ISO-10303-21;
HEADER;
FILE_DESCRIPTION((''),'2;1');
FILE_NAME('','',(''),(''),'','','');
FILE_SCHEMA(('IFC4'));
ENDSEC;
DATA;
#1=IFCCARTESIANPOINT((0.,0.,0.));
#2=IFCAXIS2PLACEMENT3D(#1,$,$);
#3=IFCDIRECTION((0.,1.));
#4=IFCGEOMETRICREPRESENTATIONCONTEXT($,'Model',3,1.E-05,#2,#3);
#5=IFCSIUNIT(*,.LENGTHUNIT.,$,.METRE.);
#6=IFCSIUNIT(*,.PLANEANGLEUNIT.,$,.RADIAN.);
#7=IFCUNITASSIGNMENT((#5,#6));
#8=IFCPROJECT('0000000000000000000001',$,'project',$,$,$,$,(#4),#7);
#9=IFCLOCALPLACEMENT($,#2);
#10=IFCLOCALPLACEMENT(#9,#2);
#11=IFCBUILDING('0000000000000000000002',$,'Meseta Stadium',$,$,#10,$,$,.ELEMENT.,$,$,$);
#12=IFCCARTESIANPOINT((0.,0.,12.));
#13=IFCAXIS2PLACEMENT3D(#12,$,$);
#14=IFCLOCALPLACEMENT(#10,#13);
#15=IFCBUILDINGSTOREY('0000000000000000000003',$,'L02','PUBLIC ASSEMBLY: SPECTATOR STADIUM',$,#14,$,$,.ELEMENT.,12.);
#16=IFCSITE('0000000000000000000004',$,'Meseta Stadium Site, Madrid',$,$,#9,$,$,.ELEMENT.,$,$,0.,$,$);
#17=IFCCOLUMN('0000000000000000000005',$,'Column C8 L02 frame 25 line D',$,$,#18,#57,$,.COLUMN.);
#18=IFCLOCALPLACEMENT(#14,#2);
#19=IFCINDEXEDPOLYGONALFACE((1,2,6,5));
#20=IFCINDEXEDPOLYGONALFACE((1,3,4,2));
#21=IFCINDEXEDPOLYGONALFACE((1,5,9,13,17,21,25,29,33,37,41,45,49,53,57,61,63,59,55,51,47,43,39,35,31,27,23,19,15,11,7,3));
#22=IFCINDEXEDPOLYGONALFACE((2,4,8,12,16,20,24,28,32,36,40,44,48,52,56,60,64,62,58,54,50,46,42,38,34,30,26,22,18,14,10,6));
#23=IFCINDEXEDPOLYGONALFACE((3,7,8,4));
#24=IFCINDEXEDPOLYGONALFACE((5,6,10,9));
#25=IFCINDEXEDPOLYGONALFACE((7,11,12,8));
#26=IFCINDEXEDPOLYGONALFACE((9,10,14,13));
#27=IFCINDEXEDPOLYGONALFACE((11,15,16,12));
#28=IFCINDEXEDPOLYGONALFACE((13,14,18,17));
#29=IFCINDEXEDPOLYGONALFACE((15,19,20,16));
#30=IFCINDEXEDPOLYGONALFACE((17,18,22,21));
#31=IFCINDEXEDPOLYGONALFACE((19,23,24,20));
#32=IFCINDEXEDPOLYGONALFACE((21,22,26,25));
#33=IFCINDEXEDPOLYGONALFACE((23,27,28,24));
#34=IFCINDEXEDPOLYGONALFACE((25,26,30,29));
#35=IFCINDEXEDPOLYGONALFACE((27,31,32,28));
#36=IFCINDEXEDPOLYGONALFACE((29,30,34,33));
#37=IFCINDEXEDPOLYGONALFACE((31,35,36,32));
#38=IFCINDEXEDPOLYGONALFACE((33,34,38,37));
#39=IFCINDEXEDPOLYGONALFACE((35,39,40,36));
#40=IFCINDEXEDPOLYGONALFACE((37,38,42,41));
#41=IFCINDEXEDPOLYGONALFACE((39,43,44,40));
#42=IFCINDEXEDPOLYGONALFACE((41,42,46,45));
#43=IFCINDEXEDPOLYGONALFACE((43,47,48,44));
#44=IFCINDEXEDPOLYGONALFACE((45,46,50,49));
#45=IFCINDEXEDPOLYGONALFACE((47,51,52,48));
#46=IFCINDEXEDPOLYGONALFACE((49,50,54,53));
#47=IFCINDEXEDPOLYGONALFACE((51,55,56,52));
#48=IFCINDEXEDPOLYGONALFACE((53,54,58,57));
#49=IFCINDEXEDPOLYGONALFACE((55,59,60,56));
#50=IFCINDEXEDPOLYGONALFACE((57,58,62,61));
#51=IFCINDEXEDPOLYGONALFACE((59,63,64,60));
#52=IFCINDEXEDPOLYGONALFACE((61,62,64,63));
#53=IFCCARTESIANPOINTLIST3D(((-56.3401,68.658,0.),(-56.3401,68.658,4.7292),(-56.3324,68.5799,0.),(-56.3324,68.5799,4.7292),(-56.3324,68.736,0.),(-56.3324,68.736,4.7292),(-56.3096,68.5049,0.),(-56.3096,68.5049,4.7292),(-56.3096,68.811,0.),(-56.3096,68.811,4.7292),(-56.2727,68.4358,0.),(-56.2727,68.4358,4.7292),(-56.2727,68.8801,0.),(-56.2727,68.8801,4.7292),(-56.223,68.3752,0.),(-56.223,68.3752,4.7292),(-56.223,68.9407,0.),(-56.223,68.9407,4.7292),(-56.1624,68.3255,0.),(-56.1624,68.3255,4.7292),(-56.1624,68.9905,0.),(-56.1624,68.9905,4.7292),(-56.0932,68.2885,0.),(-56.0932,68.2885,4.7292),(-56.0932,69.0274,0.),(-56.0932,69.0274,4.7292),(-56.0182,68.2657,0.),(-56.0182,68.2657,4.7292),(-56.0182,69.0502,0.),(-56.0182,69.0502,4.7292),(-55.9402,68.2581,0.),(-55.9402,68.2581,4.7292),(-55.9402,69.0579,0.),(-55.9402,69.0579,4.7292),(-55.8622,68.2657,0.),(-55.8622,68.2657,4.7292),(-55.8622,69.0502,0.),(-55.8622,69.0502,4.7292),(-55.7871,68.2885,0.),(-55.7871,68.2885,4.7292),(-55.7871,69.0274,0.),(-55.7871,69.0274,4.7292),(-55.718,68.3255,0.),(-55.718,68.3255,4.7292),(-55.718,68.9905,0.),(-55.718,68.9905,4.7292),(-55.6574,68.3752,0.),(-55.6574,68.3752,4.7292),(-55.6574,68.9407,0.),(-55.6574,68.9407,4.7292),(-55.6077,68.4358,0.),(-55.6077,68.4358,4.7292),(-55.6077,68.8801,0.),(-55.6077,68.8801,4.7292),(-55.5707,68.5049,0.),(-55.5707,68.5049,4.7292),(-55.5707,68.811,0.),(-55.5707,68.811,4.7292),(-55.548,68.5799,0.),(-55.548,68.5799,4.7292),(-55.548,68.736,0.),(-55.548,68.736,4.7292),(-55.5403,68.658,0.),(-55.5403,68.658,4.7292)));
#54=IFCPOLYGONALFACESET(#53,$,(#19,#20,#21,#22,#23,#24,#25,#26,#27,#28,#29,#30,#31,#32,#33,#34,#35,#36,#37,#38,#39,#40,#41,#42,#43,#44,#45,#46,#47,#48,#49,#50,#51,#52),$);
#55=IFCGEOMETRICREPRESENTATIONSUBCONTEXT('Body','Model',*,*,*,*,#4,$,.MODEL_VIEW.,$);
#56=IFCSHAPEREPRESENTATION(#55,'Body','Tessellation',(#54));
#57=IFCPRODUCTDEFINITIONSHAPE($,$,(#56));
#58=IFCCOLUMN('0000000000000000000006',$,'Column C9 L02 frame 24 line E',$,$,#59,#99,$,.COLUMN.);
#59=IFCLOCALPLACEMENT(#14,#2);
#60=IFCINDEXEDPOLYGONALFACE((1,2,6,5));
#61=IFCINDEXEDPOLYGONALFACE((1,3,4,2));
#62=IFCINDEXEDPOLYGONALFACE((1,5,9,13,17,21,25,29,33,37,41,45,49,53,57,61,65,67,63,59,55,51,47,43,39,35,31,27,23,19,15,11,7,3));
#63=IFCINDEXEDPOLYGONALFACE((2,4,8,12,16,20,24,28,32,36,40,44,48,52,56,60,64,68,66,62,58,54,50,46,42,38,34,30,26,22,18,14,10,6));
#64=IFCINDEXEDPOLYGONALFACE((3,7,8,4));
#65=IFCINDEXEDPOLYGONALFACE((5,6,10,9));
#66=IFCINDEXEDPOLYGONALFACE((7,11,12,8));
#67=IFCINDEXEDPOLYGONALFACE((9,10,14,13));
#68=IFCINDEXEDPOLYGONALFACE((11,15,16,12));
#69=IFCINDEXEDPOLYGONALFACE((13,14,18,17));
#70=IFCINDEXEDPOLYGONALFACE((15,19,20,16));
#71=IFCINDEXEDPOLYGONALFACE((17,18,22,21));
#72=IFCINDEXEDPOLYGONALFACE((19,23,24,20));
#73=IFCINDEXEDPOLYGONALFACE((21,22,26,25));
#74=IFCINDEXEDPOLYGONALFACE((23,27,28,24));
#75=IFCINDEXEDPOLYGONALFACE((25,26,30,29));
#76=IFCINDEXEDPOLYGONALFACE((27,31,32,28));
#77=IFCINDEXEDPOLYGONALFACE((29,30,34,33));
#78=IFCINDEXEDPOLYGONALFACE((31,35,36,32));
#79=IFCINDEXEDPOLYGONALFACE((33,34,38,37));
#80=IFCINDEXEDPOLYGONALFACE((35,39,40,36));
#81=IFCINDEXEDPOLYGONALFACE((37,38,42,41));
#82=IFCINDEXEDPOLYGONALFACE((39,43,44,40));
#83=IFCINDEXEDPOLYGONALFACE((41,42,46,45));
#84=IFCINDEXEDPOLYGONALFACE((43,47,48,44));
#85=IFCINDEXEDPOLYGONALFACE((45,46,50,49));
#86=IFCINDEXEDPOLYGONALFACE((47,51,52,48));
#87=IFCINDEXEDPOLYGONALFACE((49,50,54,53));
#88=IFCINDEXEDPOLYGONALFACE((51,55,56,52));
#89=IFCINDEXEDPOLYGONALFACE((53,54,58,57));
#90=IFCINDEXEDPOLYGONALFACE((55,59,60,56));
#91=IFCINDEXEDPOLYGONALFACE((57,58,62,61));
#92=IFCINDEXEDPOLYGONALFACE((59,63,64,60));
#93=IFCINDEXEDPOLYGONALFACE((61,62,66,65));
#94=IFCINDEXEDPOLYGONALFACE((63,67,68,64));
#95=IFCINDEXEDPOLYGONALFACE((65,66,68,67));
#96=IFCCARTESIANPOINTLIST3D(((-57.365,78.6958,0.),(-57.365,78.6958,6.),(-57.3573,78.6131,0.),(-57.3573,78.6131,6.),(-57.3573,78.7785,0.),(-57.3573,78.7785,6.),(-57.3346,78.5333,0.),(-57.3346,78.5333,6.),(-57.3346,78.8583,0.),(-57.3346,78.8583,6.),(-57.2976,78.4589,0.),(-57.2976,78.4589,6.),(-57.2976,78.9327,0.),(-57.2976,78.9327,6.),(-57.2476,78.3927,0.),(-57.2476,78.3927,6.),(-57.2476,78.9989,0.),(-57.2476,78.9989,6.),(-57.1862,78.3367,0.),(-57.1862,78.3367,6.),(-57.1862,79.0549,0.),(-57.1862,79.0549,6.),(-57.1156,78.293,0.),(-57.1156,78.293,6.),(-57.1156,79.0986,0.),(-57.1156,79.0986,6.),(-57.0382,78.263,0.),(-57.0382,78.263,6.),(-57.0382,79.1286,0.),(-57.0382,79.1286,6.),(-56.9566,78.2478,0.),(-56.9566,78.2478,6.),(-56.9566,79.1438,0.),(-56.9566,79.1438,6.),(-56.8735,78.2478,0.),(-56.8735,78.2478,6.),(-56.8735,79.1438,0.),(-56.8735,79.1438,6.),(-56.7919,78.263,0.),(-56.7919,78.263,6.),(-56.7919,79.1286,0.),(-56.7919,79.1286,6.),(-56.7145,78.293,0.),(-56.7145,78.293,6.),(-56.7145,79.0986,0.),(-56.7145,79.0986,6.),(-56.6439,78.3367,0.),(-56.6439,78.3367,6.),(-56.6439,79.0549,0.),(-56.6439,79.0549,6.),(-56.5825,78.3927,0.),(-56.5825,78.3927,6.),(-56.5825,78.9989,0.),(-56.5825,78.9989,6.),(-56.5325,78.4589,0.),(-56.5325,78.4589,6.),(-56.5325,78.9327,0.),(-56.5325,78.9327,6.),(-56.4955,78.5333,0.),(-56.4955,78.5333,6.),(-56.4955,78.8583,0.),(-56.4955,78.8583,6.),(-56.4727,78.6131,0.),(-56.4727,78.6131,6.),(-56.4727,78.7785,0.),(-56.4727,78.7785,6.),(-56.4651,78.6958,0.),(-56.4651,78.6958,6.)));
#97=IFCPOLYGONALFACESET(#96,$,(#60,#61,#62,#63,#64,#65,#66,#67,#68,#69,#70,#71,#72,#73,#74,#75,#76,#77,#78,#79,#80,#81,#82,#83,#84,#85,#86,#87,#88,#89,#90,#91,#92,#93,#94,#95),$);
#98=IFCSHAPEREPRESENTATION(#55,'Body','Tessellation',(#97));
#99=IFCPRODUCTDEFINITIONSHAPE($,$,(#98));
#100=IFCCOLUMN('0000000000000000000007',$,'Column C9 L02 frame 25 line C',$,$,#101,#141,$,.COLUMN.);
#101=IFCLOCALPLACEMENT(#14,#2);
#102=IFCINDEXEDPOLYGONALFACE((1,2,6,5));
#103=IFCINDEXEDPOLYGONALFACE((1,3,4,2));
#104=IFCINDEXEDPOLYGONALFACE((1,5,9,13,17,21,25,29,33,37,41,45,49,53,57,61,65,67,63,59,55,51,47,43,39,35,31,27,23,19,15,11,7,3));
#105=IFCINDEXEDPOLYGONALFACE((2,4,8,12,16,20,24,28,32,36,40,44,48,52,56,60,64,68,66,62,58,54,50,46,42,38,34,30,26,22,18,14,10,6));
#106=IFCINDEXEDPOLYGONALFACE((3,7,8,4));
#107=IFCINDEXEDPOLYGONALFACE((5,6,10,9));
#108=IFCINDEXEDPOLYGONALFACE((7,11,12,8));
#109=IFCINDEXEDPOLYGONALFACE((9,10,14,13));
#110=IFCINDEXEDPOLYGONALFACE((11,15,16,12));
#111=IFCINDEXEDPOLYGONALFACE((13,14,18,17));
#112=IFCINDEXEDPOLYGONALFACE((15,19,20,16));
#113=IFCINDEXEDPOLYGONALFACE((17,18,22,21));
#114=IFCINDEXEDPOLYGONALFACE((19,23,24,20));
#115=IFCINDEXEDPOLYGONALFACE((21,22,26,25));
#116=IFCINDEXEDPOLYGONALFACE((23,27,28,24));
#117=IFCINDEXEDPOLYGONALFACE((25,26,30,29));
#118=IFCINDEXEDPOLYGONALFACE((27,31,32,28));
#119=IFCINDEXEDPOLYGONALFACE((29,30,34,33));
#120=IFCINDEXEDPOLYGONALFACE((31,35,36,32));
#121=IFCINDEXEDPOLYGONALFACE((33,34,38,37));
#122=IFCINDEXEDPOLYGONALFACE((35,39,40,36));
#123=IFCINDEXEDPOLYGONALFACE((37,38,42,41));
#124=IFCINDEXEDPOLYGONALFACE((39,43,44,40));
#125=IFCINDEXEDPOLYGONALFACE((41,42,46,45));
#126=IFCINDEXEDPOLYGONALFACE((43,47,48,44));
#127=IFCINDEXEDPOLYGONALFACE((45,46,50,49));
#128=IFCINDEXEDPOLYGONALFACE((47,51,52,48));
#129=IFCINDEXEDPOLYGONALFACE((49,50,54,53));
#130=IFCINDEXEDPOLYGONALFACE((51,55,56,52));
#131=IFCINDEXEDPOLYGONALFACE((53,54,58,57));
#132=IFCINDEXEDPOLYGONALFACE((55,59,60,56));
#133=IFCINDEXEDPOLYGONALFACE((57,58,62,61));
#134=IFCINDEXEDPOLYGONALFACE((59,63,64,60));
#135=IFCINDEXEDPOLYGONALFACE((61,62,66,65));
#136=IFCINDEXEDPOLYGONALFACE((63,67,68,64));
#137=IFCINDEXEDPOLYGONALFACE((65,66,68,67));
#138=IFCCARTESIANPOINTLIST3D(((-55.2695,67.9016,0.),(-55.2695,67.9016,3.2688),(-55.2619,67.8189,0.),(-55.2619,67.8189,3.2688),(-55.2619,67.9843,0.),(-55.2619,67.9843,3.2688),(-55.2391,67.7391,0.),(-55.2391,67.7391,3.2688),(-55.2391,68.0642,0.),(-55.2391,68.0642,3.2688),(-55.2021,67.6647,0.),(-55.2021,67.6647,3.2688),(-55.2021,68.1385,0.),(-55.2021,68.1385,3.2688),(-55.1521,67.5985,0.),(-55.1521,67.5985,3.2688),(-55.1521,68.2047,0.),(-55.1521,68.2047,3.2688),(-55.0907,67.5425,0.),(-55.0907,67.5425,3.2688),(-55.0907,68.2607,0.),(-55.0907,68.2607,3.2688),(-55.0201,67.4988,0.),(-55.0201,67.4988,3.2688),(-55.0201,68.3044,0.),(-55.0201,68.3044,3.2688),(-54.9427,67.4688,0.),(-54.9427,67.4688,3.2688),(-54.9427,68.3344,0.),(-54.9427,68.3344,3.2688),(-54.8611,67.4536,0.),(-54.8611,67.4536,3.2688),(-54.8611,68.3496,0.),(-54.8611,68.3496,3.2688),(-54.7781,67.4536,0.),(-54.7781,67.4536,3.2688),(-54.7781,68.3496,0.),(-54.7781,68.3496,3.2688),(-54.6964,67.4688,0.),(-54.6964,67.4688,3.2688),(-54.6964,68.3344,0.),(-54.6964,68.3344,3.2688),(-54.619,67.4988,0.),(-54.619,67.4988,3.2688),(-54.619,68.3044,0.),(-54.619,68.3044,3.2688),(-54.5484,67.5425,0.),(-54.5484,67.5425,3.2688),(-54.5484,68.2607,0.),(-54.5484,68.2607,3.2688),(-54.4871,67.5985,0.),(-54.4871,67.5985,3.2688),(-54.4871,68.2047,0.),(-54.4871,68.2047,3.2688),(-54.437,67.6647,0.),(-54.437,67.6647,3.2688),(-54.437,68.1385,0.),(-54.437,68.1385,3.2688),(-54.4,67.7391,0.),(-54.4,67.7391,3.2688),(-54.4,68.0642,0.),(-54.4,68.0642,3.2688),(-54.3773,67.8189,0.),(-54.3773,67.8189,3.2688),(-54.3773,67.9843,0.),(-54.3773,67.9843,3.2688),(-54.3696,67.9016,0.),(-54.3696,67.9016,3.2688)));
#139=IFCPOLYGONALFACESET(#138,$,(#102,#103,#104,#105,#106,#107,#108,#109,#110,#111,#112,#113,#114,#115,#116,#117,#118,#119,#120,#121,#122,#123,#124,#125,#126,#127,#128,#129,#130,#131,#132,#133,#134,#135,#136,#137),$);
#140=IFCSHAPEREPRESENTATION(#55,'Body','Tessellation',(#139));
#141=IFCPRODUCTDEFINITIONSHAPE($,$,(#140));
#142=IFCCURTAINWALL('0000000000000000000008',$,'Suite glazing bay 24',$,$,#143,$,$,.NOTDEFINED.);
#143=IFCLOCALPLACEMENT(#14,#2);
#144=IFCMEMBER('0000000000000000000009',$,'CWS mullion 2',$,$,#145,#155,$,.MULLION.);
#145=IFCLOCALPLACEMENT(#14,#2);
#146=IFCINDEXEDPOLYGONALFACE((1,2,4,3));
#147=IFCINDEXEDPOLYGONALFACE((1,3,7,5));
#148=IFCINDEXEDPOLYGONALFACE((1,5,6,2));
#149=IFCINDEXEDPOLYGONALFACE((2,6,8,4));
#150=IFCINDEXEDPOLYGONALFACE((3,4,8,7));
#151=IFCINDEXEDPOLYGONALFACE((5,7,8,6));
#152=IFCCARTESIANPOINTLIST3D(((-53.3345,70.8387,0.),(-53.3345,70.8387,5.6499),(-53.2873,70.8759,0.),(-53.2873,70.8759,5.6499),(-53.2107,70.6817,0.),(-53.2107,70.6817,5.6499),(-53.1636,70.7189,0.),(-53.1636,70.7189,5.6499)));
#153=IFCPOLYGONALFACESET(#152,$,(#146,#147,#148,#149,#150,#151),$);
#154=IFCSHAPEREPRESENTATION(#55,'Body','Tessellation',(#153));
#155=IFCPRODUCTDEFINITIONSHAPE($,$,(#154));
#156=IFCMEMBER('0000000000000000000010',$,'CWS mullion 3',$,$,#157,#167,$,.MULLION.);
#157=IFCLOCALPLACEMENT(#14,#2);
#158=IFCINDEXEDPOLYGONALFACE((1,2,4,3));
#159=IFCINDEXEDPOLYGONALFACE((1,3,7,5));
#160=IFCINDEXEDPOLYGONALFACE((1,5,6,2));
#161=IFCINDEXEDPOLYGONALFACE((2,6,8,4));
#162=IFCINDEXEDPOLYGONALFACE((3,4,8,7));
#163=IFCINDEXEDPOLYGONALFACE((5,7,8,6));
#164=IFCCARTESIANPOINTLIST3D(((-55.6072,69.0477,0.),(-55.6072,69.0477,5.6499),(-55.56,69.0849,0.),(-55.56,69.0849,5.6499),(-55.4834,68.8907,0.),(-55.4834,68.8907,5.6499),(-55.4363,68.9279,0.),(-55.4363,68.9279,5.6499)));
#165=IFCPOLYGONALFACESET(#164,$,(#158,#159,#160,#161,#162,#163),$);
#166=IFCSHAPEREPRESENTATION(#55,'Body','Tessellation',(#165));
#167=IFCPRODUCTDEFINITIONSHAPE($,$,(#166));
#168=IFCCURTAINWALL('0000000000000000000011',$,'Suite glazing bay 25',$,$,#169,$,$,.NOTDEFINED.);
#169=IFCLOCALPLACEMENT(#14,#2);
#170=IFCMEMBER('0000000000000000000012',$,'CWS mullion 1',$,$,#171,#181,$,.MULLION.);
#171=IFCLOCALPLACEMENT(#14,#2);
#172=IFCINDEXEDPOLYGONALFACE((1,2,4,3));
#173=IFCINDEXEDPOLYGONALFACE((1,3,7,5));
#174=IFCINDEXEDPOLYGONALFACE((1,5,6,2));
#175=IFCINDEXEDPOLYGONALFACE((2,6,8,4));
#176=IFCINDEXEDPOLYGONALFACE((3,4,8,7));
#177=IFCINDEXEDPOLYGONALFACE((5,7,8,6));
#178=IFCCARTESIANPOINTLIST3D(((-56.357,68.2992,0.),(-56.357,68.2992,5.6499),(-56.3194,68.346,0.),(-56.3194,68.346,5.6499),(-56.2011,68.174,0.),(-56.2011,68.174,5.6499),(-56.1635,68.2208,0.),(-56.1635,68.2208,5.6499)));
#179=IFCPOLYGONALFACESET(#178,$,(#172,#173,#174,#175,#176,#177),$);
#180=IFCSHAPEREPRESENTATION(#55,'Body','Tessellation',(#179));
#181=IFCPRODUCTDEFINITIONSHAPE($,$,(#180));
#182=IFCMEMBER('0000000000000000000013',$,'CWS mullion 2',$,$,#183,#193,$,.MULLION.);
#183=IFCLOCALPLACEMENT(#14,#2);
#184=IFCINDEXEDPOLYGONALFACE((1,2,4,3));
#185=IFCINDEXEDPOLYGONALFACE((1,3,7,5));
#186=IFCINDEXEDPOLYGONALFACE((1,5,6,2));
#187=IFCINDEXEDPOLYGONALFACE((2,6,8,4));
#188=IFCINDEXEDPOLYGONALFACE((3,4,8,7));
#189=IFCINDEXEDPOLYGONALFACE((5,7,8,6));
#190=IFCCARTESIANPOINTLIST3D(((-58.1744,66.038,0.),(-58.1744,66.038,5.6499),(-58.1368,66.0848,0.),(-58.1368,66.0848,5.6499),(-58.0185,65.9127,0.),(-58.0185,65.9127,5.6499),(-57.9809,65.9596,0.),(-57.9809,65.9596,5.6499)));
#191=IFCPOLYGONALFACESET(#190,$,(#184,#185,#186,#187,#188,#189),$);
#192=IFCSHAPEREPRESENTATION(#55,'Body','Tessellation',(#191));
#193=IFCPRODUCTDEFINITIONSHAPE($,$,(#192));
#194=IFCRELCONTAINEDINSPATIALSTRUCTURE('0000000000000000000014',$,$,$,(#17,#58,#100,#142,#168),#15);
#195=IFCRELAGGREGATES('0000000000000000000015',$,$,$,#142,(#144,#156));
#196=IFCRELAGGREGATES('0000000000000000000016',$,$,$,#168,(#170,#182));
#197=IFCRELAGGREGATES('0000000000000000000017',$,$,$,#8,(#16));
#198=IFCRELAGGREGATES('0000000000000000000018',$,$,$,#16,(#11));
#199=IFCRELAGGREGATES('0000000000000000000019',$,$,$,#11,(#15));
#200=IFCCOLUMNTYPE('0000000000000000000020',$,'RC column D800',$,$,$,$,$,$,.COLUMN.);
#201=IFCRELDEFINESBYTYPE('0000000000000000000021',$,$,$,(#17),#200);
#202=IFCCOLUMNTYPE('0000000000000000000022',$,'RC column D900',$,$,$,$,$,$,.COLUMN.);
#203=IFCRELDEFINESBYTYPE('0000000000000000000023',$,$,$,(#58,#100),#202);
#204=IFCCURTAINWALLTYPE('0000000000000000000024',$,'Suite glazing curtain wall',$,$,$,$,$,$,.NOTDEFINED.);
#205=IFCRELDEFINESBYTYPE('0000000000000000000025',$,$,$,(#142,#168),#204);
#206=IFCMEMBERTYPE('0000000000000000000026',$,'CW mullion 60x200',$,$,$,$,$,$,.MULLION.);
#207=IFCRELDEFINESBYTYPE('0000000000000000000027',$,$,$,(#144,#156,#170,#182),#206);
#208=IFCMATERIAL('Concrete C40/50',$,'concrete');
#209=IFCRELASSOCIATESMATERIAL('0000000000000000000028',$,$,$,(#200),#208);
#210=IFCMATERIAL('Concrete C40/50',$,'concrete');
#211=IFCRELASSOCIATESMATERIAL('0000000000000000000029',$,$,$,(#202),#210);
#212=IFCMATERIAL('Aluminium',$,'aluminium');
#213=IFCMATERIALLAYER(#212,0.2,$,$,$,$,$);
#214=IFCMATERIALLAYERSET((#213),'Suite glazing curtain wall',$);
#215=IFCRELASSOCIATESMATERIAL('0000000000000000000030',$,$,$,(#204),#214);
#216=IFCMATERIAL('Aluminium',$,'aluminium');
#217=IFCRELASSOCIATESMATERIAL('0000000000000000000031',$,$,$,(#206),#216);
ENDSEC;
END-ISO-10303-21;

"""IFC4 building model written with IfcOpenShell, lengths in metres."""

from ifc_helpers import new_model, si_unit, direction, frame, origin, origin_2d, place, context, subcontext, project, spatial, rectangle, circle, extrude, material, layer, layer_set, material_profile, profile_set, type_object, element, aggregate, save


model = new_model("IFC4")

# Units and contexts
model_context = context("Model", 3, precision=1e-05, world=origin(), true_north=direction((0.0, 1.0)))
body_context = subcontext(model_context, "Body", "Model", "MODEL_VIEW")
ifc_project = project(units=[si_unit("LENGTHUNIT", "METRE"), si_unit("PLANEANGLEUNIT", "RADIAN")], contexts=[model_context])

# Site, building, storey
site_placement = place(None, origin())
site = spatial("IfcSite", under=ifc_project, at=site_placement, Name="Meseta Stadium Site, Madrid", CompositionType="ELEMENT", RefElevation=0.0)
building_placement = place(site_placement, origin())
building = spatial("IfcBuilding", under=site, at=building_placement, Name="Meseta Stadium", CompositionType="ELEMENT")
storey_placement = place(building_placement, frame((0.0, 0.0, 12.0)))
storey = spatial("IfcBuildingStorey", under=building, at=storey_placement, Name="L02", Description="PUBLIC ASSEMBLY: SPECTATOR STADIUM", CompositionType="ELEMENT", Elevation=12.0)

# Columns
ifc_material_1 = material(Name="Concrete C40/50", Category="concrete")
ifc_material_profile_1 = material_profile(ifc_material_1, circle(Radius=0.3999, at=origin_2d()), Name="RC D800")
ifc_profile_set_1 = profile_set([ifc_material_profile_1], Name="Concrete C40/50")
column_type_1 = type_object("IfcColumnType", Name="RC column D800", PredefinedType="COLUMN", material=ifc_profile_set_1)
column_1_placement = place(storey_placement, frame((-55.9402, 68.658, 0.0), z_axis=(0.0, 0.0, 1.0), x_axis=(1.0, 0.0, 0.0)))
element("IfcColumn", 1, at=column_1_placement, inside=storey, type_object=column_type_1, Name="Column C8 L02 frame 25 line D", PredefinedType="COLUMN", context=body_context, shape_type="SweptSolid", body=[
    extrude(circle(Radius=0.3999, at=origin_2d()), origin(), (0.0, 0.0, 1.0), 4.7292),
])
ifc_material_2 = material(Name="Concrete C40/50", Category="concrete")
ifc_material_profile_2 = material_profile(ifc_material_2, circle(Radius=0.45, at=origin_2d()), Name="RC D900")
ifc_profile_set_2 = profile_set([ifc_material_profile_2], Name="Concrete C40/50")
column_type_2 = type_object("IfcColumnType", Name="RC column D900", PredefinedType="COLUMN", material=ifc_profile_set_2)
column_2_placement = place(storey_placement, frame((-56.915, 78.6958, 0.0), z_axis=(0.0, 0.0, 1.0), x_axis=(1.0, 0.0, 0.0)))
element("IfcColumn", 2, at=column_2_placement, inside=storey, type_object=column_type_2, Name="Column C9 L02 frame 24 line E", PredefinedType="COLUMN", context=body_context, shape_type="SweptSolid", body=[
    extrude(circle(Radius=0.45, at=origin_2d()), origin(), (0.0, 0.0, 1.0), 6.0),
])
column_3_placement = place(storey_placement, frame((-54.8196, 67.9016, 0.0), z_axis=(0.0, 0.0, 1.0), x_axis=(1.0, 0.0, 0.0)))
element("IfcColumn", 3, at=column_3_placement, inside=storey, type_object=column_type_2, Name="Column C9 L02 frame 25 line C", PredefinedType="COLUMN", context=body_context, shape_type="SweptSolid", body=[
    extrude(circle(Radius=0.45, at=origin_2d()), origin(), (0.0, 0.0, 1.0), 3.2688),
])

# Curtain walls, members
ifc_material_3 = material(Name="Aluminium", Category="aluminium")
ifc_layer_1 = layer(ifc_material_3, 0.2)
ifc_layer_set_1 = layer_set([ifc_layer_1], Name="Suite glazing curtain wall")
curtain_wall_type = type_object("IfcCurtainWallType", Name="Suite glazing curtain wall", PredefinedType="NOTDEFINED", material=ifc_layer_set_1)
curtain_wall_1_placement = place(storey_placement, origin())
curtain_wall_1 = element("IfcCurtainWall", 4, at=curtain_wall_1_placement, inside=storey, type_object=curtain_wall_type, Name="Suite glazing bay 24", PredefinedType="NOTDEFINED")
ifc_material_4 = material(Name="Aluminium", Category="aluminium")
ifc_material_profile_3 = material_profile(ifc_material_4, rectangle(XDim=0.2, YDim=0.0601, at=origin_2d()), Name="CW 200x60")
ifc_profile_set_3 = profile_set([ifc_material_profile_3], Name="Aluminium")
member_type_1 = type_object("IfcMemberType", Name="CW mullion 60x200", PredefinedType="MULLION", material=ifc_profile_set_3)
member_1_placement = place(storey_placement, frame((-53.249, 70.7788, 0.0), z_axis=(0.0, 0.0, 1.0), x_axis=(0.618944, -0.785435, 0.0)))
member_1 = element("IfcMember", 5, at=member_1_placement, type_object=member_type_1, Name="CWS mullion 2", PredefinedType="MULLION", context=body_context, shape_type="SweptSolid", body=[
    extrude(rectangle(XDim=0.2, YDim=0.0601, at=origin_2d()), origin(), (0.0, 0.0, 1.0), 5.6499),
])
member_2_placement = place(storey_placement, frame((-55.5217, 68.9878, 0.0), z_axis=(0.0, 0.0, 1.0), x_axis=(0.618944, -0.785435, 0.0)))
member_2 = element("IfcMember", 6, at=member_2_placement, type_object=member_type_1, Name="CWS mullion 3", PredefinedType="MULLION", context=body_context, shape_type="SweptSolid", body=[
    extrude(rectangle(XDim=0.2, YDim=0.0601, at=origin_2d()), origin(), (0.0, 0.0, 1.0), 5.6499),
])
curtain_wall_2_placement = place(storey_placement, origin())
curtain_wall_2 = element("IfcCurtainWall", 7, at=curtain_wall_2_placement, inside=storey, type_object=curtain_wall_type, Name="Suite glazing bay 25", PredefinedType="NOTDEFINED")
member_3_placement = place(storey_placement, frame((-56.2603, 68.26, 0.0), z_axis=(0.0, 0.0, 1.0), x_axis=(0.779454, -0.62646, 0.0)))
member_3 = element("IfcMember", 8, at=member_3_placement, type_object=member_type_1, Name="CWS mullion 1", PredefinedType="MULLION", context=body_context, shape_type="SweptSolid", body=[
    extrude(rectangle(XDim=0.2, YDim=0.0601, at=origin_2d()), origin(), (0.0, 0.0, 1.0), 5.6499),
])
member_4_placement = place(storey_placement, frame((-58.0776, 65.9988, 0.0), z_axis=(0.0, 0.0, 1.0), x_axis=(0.779454, -0.62646, 0.0)))
member_4 = element("IfcMember", 9, at=member_4_placement, type_object=member_type_1, Name="CWS mullion 2", PredefinedType="MULLION", context=body_context, shape_type="SweptSolid", body=[
    extrude(rectangle(XDim=0.2, YDim=0.0601, at=origin_2d()), origin(), (0.0, 0.0, 1.0), 5.6499),
])

aggregate(curtain_wall_1, [member_1, member_2])
aggregate(curtain_wall_2, [member_3, member_4])

save(model, "model.ifc")
